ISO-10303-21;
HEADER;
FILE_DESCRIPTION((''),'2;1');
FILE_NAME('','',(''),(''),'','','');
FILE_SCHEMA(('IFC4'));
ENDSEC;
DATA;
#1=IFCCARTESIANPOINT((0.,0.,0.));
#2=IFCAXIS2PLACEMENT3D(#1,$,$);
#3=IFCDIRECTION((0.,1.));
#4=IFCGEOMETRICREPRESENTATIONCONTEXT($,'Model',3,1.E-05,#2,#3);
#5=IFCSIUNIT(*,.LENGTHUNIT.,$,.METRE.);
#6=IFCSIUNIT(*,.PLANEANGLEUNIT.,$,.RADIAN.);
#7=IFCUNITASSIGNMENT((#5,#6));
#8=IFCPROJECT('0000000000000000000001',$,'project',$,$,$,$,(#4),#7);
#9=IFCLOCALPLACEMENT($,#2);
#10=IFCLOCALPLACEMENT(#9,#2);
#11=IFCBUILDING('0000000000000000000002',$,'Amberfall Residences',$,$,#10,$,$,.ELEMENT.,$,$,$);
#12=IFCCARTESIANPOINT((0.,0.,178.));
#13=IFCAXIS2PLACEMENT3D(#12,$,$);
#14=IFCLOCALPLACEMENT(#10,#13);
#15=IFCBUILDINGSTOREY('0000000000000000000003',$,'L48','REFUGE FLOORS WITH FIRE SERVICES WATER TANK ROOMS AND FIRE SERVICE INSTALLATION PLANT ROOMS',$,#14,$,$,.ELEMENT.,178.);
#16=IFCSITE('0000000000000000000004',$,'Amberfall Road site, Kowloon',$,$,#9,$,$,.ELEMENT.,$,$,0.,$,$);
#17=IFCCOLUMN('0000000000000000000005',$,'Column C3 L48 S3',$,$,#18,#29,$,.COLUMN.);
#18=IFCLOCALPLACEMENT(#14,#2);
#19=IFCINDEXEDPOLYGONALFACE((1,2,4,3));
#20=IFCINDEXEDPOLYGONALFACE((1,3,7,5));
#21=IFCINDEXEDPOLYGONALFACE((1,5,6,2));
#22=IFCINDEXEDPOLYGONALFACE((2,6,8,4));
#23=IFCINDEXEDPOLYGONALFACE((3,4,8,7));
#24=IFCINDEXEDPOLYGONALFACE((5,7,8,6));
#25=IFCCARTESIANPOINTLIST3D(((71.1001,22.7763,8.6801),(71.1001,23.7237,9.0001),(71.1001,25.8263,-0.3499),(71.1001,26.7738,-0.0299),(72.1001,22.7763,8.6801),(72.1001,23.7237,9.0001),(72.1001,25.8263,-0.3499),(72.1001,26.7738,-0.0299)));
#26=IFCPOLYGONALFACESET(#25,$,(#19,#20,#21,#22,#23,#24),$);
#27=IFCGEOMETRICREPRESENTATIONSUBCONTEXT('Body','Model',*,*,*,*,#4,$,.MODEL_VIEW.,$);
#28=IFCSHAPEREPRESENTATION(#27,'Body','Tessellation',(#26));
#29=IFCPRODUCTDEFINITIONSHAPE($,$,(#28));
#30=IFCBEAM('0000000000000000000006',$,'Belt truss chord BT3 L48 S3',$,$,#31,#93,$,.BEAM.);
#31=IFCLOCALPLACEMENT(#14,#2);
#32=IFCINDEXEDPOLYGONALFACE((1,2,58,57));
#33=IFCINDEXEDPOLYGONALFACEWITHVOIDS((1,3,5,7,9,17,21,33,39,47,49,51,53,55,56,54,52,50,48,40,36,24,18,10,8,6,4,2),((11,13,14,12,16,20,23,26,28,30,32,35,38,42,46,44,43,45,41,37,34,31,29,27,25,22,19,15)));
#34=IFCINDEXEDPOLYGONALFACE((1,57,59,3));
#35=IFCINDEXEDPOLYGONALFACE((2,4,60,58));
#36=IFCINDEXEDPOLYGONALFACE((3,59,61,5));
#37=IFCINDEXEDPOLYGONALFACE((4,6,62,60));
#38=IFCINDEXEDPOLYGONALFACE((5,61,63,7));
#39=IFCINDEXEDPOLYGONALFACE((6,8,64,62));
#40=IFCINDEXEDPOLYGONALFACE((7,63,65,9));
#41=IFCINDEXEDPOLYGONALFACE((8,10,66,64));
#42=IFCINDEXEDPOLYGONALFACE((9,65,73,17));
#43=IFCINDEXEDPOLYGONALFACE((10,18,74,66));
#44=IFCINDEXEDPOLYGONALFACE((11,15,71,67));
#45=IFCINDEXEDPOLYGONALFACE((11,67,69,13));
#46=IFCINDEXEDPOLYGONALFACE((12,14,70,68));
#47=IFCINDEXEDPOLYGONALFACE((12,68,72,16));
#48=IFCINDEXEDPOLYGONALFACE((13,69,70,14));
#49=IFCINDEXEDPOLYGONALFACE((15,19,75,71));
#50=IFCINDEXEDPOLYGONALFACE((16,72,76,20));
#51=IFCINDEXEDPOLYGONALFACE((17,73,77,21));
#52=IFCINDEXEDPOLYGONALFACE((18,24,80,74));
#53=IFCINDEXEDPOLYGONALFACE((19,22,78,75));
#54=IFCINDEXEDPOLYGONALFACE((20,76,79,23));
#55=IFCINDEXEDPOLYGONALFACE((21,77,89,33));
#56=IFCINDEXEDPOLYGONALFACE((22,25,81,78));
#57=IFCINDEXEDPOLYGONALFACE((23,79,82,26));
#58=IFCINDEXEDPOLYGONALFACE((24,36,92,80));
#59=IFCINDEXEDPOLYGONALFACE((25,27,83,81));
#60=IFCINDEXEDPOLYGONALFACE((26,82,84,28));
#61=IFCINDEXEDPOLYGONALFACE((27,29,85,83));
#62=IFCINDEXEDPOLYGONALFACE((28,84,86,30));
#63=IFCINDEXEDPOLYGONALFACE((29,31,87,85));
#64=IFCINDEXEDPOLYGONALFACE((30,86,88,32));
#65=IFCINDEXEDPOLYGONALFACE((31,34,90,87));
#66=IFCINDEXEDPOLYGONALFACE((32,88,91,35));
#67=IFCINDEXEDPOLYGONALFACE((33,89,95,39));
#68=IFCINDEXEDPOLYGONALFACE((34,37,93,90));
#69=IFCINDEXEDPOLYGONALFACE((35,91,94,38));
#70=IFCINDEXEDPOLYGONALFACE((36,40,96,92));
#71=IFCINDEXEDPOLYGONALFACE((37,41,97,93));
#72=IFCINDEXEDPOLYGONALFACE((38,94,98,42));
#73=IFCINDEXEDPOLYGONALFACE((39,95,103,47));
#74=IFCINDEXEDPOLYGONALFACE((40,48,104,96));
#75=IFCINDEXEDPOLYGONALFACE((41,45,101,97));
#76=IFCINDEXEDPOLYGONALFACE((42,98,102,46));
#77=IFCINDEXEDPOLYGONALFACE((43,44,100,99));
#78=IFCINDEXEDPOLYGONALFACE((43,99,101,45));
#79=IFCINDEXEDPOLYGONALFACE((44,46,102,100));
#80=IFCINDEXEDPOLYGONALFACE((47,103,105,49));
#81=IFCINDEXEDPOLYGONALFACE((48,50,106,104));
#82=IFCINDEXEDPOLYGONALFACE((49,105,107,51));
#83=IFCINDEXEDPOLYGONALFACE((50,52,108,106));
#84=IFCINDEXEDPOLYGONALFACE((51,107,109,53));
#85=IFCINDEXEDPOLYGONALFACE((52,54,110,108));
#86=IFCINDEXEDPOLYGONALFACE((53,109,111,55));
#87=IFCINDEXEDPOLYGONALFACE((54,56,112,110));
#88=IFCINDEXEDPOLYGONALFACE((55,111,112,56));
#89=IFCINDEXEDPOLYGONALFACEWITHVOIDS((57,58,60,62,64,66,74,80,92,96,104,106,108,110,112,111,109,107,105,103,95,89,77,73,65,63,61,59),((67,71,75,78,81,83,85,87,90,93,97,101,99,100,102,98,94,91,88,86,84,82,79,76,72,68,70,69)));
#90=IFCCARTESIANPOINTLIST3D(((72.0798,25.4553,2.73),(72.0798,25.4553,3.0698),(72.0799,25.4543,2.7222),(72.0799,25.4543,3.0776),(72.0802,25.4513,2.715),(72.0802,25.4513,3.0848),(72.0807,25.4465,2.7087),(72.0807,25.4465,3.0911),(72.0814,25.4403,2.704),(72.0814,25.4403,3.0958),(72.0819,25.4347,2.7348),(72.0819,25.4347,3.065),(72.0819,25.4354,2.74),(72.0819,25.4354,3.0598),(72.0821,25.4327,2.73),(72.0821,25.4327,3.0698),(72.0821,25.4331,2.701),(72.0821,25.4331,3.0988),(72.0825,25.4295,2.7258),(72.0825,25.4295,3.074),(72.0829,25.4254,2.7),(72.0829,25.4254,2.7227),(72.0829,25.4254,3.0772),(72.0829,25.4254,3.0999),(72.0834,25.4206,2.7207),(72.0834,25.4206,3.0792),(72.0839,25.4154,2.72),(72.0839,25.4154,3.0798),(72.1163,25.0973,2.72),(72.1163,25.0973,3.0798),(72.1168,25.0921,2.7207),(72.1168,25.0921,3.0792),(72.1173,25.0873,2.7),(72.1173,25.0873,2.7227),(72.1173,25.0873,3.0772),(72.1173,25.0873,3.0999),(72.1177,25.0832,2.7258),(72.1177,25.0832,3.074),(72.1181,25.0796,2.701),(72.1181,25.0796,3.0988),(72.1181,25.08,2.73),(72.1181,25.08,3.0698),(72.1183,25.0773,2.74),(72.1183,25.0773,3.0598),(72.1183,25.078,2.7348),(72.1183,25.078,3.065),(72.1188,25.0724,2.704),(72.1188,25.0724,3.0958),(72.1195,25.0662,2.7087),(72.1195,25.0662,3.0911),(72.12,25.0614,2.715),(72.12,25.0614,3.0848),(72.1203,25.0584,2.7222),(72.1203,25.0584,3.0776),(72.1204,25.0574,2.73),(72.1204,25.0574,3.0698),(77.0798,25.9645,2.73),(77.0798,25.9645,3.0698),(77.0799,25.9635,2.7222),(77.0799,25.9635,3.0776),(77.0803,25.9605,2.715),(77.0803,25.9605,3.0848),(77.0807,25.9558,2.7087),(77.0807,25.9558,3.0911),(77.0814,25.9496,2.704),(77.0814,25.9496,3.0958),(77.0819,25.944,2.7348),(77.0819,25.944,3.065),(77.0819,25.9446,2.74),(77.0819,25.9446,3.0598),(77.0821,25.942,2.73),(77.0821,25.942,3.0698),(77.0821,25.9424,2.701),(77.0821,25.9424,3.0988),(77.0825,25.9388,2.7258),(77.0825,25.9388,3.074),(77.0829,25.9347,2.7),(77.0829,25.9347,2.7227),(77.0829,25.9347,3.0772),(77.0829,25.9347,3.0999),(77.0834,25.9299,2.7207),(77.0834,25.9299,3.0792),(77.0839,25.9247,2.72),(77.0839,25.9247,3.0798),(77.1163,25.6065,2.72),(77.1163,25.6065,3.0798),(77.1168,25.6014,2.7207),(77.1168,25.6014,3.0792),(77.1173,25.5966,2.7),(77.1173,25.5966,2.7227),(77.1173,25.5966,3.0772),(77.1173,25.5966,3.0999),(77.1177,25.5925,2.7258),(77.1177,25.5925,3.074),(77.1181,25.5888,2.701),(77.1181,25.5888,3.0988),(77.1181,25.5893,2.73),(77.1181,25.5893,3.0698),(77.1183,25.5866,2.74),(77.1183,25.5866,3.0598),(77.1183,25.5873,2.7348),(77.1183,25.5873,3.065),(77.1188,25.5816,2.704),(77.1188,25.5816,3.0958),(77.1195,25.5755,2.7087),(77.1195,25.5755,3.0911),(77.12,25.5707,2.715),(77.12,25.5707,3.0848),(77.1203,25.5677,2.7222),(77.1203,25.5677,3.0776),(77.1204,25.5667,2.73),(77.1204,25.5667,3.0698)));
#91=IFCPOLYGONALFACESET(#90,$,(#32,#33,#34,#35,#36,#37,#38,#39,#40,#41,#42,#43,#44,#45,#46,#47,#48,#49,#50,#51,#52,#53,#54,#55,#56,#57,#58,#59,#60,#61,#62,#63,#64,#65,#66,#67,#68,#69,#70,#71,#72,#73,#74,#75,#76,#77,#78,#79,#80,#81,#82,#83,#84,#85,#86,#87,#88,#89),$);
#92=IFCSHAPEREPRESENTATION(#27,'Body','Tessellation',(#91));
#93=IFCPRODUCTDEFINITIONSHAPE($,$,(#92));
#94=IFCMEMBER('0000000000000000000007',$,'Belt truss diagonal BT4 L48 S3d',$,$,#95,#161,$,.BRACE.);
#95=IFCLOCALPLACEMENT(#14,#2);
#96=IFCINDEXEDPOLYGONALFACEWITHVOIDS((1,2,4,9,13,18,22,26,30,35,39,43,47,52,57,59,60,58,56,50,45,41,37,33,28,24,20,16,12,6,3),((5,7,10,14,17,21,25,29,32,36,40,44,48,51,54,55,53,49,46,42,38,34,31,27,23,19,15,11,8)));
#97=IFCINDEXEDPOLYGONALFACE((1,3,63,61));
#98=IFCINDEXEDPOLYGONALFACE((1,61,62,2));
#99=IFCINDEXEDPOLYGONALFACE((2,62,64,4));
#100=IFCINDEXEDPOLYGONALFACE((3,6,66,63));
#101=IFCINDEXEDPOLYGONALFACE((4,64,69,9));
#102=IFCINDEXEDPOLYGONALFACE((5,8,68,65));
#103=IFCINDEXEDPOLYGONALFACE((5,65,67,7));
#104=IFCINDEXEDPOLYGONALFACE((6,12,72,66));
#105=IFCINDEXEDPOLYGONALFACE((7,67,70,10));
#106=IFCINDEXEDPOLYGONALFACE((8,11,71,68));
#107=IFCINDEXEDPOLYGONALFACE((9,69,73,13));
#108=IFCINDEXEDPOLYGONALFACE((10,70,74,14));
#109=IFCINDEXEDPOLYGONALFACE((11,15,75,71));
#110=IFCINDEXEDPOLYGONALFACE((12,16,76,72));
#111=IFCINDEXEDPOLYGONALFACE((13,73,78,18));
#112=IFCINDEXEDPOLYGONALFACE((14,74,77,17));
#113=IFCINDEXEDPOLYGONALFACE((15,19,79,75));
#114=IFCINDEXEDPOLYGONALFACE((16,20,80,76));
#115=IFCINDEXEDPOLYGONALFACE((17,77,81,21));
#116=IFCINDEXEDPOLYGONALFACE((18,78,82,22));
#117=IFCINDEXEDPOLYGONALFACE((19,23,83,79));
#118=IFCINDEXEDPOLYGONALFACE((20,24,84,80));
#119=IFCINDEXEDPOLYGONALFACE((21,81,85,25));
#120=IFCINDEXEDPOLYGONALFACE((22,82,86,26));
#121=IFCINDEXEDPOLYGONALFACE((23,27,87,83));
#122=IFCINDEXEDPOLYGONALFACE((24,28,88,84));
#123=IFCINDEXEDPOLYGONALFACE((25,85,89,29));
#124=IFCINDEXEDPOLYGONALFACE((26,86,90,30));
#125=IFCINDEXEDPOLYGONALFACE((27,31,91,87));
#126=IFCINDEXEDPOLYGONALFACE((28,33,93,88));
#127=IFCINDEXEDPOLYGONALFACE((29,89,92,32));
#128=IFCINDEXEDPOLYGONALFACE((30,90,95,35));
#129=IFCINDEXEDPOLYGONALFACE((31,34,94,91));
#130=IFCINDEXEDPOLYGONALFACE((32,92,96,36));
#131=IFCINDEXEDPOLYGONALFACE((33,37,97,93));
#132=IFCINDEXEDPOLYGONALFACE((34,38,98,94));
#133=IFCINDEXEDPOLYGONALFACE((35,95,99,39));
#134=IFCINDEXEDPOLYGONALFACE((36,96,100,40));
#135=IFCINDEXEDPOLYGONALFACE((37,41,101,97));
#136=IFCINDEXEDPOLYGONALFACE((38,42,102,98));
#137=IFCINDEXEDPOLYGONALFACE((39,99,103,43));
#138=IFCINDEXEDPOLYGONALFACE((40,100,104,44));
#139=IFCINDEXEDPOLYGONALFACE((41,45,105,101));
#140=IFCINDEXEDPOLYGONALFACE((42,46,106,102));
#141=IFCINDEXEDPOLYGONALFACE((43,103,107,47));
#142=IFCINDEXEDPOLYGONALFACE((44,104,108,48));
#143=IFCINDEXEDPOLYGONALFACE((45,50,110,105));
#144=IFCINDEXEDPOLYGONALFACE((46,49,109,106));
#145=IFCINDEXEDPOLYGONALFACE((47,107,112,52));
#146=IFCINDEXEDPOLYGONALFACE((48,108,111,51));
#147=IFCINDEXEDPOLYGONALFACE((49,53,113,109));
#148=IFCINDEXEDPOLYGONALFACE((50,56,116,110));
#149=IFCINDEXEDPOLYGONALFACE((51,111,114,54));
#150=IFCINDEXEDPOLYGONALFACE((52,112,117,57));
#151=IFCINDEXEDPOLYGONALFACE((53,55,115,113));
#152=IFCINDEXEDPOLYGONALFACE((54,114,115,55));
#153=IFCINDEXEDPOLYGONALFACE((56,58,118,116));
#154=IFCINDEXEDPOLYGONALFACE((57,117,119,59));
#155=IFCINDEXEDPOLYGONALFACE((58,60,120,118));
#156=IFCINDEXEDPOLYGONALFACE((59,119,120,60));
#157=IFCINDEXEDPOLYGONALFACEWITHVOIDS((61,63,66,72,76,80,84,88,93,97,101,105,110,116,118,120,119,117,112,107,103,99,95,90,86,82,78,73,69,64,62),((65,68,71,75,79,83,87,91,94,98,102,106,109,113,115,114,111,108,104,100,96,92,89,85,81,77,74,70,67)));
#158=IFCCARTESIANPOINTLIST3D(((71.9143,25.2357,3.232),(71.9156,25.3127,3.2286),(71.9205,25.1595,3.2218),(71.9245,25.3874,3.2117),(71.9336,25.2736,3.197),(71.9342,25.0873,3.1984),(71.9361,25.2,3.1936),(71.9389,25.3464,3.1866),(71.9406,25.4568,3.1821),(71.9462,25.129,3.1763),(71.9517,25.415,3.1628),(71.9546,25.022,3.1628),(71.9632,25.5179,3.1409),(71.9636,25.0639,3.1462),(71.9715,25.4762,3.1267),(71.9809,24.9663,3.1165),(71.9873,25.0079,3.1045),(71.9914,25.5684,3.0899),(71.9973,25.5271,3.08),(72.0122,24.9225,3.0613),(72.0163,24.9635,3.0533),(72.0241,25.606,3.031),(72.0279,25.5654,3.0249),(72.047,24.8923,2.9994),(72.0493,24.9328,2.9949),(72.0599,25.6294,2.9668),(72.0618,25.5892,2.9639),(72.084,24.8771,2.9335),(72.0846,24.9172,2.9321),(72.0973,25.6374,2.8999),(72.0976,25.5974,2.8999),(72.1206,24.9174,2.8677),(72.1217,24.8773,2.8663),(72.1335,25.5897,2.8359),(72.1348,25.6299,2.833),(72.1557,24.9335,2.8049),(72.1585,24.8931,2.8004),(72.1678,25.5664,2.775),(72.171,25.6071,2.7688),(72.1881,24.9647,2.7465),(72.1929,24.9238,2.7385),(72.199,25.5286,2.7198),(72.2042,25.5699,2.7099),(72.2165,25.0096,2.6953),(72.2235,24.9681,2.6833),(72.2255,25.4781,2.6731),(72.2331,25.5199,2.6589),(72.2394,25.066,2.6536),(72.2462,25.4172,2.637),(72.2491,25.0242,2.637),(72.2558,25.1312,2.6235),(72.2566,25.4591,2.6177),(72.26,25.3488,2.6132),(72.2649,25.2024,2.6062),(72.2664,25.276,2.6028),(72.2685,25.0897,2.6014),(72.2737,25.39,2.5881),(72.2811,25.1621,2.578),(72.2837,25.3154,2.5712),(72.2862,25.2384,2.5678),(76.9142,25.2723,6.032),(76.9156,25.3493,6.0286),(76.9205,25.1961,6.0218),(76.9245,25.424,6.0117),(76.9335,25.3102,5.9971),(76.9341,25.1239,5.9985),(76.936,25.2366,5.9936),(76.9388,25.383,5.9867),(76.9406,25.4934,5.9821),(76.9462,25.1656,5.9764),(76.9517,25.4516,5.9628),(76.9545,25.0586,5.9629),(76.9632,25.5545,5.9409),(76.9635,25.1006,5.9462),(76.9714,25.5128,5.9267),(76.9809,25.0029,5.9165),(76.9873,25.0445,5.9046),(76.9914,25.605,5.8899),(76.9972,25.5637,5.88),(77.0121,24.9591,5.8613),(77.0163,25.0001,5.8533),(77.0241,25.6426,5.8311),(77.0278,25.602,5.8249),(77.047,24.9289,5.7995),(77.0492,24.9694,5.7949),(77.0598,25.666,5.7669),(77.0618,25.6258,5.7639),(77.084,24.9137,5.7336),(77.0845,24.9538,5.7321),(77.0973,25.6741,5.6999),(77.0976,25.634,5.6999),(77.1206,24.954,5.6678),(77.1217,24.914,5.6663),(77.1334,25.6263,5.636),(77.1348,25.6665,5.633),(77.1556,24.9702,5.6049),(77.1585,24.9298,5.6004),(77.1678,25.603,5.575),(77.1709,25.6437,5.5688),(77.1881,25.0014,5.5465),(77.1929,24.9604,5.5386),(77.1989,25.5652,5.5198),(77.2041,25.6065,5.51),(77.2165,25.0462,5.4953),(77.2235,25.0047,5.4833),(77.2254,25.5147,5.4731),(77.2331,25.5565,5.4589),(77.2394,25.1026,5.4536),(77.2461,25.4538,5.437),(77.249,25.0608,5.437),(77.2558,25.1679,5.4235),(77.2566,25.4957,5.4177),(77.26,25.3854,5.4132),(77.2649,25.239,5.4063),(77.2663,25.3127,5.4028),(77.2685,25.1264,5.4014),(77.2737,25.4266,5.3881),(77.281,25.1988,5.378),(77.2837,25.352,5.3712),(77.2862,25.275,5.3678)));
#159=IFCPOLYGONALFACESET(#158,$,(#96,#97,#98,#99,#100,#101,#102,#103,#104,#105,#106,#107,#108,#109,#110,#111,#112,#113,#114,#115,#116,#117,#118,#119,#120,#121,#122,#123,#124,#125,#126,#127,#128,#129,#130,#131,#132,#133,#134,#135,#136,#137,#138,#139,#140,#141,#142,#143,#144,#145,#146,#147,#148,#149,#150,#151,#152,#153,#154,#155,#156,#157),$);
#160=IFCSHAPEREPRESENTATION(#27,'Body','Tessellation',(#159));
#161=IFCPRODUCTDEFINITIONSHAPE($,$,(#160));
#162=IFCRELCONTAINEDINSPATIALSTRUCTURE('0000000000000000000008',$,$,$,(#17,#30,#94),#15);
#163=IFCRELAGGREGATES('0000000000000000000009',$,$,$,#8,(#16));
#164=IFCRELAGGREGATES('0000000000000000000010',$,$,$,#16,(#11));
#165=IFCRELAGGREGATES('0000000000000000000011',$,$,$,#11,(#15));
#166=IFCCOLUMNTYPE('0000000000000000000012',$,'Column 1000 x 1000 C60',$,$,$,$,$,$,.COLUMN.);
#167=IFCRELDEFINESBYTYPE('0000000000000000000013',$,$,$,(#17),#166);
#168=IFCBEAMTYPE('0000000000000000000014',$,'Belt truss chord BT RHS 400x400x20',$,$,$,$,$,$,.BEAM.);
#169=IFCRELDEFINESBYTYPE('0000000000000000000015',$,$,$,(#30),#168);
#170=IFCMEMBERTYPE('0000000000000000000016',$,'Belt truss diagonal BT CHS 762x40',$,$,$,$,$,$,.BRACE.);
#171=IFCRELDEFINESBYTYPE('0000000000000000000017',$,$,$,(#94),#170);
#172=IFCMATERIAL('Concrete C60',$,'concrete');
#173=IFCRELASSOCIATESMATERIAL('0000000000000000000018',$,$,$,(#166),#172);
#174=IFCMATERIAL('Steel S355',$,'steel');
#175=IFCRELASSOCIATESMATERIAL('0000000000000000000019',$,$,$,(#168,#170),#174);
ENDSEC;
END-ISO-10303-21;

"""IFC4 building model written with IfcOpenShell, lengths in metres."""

from ifc_helpers import new_model, si_unit, direction, frame, origin, origin_2d, place, context, subcontext, project, spatial, rectangle, hollow_rectangle, hollow_circle, extrude, material, material_profile, profile_set, type_object, element, save


model = new_model("IFC4")

# Units and contexts
model_context = context("Model", 3, precision=1e-05, world=origin(), true_north=direction((0.0, 1.0)))
body_context = subcontext(model_context, "Body", "Model", "MODEL_VIEW")
ifc_project = project(units=[si_unit("LENGTHUNIT", "METRE"), si_unit("PLANEANGLEUNIT", "RADIAN")], contexts=[model_context])

# Site, building, storey
site_placement = place(None, origin())
site = spatial("IfcSite", under=ifc_project, at=site_placement, Name="Amberfall Road site, Kowloon", CompositionType="ELEMENT", RefElevation=0.0)
building_placement = place(site_placement, origin())
building = spatial("IfcBuilding", under=site, at=building_placement, Name="Amberfall Residences", CompositionType="ELEMENT")
storey_placement = place(building_placement, frame((0.0, 0.0, 178.0)))
storey = spatial("IfcBuildingStorey", under=building, at=storey_placement, Name="L48", Description="REFUGE FLOORS WITH FIRE SERVICES WATER TANK ROOMS AND FIRE SERVICE INSTALLATION PLANT ROOMS", CompositionType="ELEMENT", Elevation=178.0)

# Column
ifc_material_1 = material(Name="Concrete C60", Category="concrete")
ifc_material_profile_1 = material_profile(ifc_material_1, rectangle(XDim=1.0, YDim=1.0, at=origin_2d()), Name="Column 1000 x 1000 C60")
ifc_profile_set_1 = profile_set([ifc_material_profile_1], Name="Concrete C60")
column_type = type_object("IfcColumnType", Name="Column 1000 x 1000 C60", PredefinedType="COLUMN", material=ifc_profile_set_1)
column_placement = place(storey_placement, frame((71.6001, 26.3, -0.1899), z_axis=(0.0, -0.320006, 0.947416), x_axis=(1.0, 0.0, 0.0)))
element("IfcColumn", 1, at=column_placement, inside=storey, type_object=column_type, Name="Column C3 L48 S3", PredefinedType="COLUMN", context=body_context, shape_type="SweptSolid", body=[
    extrude(rectangle(XDim=1.0, YDim=1.0, at=origin_2d()), origin(), (0.0, 0.0, 1.0), 9.5312),
])

# Beam
ifc_material_2 = material(Name="Steel S355", Category="steel")
ifc_material_profile_2 = material_profile(ifc_material_2, hollow_rectangle(XDim=0.3999, YDim=0.3999, WallThickness=0.02, InnerFilletRadius=0.02, OuterFilletRadius=0.03, at=origin_2d()), Name="RHS 400x400x20")
ifc_profile_set_2 = profile_set([ifc_material_profile_2], Name="Steel S355")
beam_type_1 = type_object("IfcBeamType", Name="Belt truss chord BT RHS 400x400x20", PredefinedType="BEAM", material=ifc_profile_set_2)
beam_1_placement = place(storey_placement, frame((72.1001, 25.2563, 2.8999), z_axis=(0.994853, 0.101331, 0.0), x_axis=(-0.101331, 0.994853, 0.0)))
element("IfcBeam", 2, at=beam_1_placement, inside=storey, type_object=beam_type_1, Name="Belt truss chord BT3 L48 S3", PredefinedType="BEAM", context=body_context, shape_type="SweptSolid", body=[
    extrude(hollow_rectangle(XDim=0.3999, YDim=0.3999, WallThickness=0.02, InnerFilletRadius=0.02, OuterFilletRadius=0.03, at=origin_2d()), origin(), (0.0, 0.0, 1.0), 5.0259),
])

# Member
ifc_material_profile_3 = material_profile(ifc_material_2, hollow_circle(Radius=0.3811, WallThickness=0.04, at=origin_2d()), Name="CHS 762x40")
ifc_profile_set_3 = profile_set([ifc_material_profile_3], Name="Steel S355")
member_type_1 = type_object("IfcMemberType", Name="Belt truss diagonal BT CHS 762x40", PredefinedType="BRACE", material=ifc_profile_set_3)
member_1_placement = place(storey_placement, frame((72.1001, 25.2563, 2.8999), z_axis=(0.872485, 0.00639, 0.4886), x_axis=(-0.007324, 0.999973, 0.0)))
element("IfcMember", 3, at=member_1_placement, inside=storey, type_object=member_type_1, Name="Belt truss diagonal BT4 L48 S3d", PredefinedType="BRACE", context=body_context, shape_type="SweptSolid", body=[
    extrude(hollow_circle(Radius=0.3811, WallThickness=0.04, at=origin_2d()), origin(), (0.0, 0.0, 1.0), 5.7307),
])

save(model, "model.ifc")
